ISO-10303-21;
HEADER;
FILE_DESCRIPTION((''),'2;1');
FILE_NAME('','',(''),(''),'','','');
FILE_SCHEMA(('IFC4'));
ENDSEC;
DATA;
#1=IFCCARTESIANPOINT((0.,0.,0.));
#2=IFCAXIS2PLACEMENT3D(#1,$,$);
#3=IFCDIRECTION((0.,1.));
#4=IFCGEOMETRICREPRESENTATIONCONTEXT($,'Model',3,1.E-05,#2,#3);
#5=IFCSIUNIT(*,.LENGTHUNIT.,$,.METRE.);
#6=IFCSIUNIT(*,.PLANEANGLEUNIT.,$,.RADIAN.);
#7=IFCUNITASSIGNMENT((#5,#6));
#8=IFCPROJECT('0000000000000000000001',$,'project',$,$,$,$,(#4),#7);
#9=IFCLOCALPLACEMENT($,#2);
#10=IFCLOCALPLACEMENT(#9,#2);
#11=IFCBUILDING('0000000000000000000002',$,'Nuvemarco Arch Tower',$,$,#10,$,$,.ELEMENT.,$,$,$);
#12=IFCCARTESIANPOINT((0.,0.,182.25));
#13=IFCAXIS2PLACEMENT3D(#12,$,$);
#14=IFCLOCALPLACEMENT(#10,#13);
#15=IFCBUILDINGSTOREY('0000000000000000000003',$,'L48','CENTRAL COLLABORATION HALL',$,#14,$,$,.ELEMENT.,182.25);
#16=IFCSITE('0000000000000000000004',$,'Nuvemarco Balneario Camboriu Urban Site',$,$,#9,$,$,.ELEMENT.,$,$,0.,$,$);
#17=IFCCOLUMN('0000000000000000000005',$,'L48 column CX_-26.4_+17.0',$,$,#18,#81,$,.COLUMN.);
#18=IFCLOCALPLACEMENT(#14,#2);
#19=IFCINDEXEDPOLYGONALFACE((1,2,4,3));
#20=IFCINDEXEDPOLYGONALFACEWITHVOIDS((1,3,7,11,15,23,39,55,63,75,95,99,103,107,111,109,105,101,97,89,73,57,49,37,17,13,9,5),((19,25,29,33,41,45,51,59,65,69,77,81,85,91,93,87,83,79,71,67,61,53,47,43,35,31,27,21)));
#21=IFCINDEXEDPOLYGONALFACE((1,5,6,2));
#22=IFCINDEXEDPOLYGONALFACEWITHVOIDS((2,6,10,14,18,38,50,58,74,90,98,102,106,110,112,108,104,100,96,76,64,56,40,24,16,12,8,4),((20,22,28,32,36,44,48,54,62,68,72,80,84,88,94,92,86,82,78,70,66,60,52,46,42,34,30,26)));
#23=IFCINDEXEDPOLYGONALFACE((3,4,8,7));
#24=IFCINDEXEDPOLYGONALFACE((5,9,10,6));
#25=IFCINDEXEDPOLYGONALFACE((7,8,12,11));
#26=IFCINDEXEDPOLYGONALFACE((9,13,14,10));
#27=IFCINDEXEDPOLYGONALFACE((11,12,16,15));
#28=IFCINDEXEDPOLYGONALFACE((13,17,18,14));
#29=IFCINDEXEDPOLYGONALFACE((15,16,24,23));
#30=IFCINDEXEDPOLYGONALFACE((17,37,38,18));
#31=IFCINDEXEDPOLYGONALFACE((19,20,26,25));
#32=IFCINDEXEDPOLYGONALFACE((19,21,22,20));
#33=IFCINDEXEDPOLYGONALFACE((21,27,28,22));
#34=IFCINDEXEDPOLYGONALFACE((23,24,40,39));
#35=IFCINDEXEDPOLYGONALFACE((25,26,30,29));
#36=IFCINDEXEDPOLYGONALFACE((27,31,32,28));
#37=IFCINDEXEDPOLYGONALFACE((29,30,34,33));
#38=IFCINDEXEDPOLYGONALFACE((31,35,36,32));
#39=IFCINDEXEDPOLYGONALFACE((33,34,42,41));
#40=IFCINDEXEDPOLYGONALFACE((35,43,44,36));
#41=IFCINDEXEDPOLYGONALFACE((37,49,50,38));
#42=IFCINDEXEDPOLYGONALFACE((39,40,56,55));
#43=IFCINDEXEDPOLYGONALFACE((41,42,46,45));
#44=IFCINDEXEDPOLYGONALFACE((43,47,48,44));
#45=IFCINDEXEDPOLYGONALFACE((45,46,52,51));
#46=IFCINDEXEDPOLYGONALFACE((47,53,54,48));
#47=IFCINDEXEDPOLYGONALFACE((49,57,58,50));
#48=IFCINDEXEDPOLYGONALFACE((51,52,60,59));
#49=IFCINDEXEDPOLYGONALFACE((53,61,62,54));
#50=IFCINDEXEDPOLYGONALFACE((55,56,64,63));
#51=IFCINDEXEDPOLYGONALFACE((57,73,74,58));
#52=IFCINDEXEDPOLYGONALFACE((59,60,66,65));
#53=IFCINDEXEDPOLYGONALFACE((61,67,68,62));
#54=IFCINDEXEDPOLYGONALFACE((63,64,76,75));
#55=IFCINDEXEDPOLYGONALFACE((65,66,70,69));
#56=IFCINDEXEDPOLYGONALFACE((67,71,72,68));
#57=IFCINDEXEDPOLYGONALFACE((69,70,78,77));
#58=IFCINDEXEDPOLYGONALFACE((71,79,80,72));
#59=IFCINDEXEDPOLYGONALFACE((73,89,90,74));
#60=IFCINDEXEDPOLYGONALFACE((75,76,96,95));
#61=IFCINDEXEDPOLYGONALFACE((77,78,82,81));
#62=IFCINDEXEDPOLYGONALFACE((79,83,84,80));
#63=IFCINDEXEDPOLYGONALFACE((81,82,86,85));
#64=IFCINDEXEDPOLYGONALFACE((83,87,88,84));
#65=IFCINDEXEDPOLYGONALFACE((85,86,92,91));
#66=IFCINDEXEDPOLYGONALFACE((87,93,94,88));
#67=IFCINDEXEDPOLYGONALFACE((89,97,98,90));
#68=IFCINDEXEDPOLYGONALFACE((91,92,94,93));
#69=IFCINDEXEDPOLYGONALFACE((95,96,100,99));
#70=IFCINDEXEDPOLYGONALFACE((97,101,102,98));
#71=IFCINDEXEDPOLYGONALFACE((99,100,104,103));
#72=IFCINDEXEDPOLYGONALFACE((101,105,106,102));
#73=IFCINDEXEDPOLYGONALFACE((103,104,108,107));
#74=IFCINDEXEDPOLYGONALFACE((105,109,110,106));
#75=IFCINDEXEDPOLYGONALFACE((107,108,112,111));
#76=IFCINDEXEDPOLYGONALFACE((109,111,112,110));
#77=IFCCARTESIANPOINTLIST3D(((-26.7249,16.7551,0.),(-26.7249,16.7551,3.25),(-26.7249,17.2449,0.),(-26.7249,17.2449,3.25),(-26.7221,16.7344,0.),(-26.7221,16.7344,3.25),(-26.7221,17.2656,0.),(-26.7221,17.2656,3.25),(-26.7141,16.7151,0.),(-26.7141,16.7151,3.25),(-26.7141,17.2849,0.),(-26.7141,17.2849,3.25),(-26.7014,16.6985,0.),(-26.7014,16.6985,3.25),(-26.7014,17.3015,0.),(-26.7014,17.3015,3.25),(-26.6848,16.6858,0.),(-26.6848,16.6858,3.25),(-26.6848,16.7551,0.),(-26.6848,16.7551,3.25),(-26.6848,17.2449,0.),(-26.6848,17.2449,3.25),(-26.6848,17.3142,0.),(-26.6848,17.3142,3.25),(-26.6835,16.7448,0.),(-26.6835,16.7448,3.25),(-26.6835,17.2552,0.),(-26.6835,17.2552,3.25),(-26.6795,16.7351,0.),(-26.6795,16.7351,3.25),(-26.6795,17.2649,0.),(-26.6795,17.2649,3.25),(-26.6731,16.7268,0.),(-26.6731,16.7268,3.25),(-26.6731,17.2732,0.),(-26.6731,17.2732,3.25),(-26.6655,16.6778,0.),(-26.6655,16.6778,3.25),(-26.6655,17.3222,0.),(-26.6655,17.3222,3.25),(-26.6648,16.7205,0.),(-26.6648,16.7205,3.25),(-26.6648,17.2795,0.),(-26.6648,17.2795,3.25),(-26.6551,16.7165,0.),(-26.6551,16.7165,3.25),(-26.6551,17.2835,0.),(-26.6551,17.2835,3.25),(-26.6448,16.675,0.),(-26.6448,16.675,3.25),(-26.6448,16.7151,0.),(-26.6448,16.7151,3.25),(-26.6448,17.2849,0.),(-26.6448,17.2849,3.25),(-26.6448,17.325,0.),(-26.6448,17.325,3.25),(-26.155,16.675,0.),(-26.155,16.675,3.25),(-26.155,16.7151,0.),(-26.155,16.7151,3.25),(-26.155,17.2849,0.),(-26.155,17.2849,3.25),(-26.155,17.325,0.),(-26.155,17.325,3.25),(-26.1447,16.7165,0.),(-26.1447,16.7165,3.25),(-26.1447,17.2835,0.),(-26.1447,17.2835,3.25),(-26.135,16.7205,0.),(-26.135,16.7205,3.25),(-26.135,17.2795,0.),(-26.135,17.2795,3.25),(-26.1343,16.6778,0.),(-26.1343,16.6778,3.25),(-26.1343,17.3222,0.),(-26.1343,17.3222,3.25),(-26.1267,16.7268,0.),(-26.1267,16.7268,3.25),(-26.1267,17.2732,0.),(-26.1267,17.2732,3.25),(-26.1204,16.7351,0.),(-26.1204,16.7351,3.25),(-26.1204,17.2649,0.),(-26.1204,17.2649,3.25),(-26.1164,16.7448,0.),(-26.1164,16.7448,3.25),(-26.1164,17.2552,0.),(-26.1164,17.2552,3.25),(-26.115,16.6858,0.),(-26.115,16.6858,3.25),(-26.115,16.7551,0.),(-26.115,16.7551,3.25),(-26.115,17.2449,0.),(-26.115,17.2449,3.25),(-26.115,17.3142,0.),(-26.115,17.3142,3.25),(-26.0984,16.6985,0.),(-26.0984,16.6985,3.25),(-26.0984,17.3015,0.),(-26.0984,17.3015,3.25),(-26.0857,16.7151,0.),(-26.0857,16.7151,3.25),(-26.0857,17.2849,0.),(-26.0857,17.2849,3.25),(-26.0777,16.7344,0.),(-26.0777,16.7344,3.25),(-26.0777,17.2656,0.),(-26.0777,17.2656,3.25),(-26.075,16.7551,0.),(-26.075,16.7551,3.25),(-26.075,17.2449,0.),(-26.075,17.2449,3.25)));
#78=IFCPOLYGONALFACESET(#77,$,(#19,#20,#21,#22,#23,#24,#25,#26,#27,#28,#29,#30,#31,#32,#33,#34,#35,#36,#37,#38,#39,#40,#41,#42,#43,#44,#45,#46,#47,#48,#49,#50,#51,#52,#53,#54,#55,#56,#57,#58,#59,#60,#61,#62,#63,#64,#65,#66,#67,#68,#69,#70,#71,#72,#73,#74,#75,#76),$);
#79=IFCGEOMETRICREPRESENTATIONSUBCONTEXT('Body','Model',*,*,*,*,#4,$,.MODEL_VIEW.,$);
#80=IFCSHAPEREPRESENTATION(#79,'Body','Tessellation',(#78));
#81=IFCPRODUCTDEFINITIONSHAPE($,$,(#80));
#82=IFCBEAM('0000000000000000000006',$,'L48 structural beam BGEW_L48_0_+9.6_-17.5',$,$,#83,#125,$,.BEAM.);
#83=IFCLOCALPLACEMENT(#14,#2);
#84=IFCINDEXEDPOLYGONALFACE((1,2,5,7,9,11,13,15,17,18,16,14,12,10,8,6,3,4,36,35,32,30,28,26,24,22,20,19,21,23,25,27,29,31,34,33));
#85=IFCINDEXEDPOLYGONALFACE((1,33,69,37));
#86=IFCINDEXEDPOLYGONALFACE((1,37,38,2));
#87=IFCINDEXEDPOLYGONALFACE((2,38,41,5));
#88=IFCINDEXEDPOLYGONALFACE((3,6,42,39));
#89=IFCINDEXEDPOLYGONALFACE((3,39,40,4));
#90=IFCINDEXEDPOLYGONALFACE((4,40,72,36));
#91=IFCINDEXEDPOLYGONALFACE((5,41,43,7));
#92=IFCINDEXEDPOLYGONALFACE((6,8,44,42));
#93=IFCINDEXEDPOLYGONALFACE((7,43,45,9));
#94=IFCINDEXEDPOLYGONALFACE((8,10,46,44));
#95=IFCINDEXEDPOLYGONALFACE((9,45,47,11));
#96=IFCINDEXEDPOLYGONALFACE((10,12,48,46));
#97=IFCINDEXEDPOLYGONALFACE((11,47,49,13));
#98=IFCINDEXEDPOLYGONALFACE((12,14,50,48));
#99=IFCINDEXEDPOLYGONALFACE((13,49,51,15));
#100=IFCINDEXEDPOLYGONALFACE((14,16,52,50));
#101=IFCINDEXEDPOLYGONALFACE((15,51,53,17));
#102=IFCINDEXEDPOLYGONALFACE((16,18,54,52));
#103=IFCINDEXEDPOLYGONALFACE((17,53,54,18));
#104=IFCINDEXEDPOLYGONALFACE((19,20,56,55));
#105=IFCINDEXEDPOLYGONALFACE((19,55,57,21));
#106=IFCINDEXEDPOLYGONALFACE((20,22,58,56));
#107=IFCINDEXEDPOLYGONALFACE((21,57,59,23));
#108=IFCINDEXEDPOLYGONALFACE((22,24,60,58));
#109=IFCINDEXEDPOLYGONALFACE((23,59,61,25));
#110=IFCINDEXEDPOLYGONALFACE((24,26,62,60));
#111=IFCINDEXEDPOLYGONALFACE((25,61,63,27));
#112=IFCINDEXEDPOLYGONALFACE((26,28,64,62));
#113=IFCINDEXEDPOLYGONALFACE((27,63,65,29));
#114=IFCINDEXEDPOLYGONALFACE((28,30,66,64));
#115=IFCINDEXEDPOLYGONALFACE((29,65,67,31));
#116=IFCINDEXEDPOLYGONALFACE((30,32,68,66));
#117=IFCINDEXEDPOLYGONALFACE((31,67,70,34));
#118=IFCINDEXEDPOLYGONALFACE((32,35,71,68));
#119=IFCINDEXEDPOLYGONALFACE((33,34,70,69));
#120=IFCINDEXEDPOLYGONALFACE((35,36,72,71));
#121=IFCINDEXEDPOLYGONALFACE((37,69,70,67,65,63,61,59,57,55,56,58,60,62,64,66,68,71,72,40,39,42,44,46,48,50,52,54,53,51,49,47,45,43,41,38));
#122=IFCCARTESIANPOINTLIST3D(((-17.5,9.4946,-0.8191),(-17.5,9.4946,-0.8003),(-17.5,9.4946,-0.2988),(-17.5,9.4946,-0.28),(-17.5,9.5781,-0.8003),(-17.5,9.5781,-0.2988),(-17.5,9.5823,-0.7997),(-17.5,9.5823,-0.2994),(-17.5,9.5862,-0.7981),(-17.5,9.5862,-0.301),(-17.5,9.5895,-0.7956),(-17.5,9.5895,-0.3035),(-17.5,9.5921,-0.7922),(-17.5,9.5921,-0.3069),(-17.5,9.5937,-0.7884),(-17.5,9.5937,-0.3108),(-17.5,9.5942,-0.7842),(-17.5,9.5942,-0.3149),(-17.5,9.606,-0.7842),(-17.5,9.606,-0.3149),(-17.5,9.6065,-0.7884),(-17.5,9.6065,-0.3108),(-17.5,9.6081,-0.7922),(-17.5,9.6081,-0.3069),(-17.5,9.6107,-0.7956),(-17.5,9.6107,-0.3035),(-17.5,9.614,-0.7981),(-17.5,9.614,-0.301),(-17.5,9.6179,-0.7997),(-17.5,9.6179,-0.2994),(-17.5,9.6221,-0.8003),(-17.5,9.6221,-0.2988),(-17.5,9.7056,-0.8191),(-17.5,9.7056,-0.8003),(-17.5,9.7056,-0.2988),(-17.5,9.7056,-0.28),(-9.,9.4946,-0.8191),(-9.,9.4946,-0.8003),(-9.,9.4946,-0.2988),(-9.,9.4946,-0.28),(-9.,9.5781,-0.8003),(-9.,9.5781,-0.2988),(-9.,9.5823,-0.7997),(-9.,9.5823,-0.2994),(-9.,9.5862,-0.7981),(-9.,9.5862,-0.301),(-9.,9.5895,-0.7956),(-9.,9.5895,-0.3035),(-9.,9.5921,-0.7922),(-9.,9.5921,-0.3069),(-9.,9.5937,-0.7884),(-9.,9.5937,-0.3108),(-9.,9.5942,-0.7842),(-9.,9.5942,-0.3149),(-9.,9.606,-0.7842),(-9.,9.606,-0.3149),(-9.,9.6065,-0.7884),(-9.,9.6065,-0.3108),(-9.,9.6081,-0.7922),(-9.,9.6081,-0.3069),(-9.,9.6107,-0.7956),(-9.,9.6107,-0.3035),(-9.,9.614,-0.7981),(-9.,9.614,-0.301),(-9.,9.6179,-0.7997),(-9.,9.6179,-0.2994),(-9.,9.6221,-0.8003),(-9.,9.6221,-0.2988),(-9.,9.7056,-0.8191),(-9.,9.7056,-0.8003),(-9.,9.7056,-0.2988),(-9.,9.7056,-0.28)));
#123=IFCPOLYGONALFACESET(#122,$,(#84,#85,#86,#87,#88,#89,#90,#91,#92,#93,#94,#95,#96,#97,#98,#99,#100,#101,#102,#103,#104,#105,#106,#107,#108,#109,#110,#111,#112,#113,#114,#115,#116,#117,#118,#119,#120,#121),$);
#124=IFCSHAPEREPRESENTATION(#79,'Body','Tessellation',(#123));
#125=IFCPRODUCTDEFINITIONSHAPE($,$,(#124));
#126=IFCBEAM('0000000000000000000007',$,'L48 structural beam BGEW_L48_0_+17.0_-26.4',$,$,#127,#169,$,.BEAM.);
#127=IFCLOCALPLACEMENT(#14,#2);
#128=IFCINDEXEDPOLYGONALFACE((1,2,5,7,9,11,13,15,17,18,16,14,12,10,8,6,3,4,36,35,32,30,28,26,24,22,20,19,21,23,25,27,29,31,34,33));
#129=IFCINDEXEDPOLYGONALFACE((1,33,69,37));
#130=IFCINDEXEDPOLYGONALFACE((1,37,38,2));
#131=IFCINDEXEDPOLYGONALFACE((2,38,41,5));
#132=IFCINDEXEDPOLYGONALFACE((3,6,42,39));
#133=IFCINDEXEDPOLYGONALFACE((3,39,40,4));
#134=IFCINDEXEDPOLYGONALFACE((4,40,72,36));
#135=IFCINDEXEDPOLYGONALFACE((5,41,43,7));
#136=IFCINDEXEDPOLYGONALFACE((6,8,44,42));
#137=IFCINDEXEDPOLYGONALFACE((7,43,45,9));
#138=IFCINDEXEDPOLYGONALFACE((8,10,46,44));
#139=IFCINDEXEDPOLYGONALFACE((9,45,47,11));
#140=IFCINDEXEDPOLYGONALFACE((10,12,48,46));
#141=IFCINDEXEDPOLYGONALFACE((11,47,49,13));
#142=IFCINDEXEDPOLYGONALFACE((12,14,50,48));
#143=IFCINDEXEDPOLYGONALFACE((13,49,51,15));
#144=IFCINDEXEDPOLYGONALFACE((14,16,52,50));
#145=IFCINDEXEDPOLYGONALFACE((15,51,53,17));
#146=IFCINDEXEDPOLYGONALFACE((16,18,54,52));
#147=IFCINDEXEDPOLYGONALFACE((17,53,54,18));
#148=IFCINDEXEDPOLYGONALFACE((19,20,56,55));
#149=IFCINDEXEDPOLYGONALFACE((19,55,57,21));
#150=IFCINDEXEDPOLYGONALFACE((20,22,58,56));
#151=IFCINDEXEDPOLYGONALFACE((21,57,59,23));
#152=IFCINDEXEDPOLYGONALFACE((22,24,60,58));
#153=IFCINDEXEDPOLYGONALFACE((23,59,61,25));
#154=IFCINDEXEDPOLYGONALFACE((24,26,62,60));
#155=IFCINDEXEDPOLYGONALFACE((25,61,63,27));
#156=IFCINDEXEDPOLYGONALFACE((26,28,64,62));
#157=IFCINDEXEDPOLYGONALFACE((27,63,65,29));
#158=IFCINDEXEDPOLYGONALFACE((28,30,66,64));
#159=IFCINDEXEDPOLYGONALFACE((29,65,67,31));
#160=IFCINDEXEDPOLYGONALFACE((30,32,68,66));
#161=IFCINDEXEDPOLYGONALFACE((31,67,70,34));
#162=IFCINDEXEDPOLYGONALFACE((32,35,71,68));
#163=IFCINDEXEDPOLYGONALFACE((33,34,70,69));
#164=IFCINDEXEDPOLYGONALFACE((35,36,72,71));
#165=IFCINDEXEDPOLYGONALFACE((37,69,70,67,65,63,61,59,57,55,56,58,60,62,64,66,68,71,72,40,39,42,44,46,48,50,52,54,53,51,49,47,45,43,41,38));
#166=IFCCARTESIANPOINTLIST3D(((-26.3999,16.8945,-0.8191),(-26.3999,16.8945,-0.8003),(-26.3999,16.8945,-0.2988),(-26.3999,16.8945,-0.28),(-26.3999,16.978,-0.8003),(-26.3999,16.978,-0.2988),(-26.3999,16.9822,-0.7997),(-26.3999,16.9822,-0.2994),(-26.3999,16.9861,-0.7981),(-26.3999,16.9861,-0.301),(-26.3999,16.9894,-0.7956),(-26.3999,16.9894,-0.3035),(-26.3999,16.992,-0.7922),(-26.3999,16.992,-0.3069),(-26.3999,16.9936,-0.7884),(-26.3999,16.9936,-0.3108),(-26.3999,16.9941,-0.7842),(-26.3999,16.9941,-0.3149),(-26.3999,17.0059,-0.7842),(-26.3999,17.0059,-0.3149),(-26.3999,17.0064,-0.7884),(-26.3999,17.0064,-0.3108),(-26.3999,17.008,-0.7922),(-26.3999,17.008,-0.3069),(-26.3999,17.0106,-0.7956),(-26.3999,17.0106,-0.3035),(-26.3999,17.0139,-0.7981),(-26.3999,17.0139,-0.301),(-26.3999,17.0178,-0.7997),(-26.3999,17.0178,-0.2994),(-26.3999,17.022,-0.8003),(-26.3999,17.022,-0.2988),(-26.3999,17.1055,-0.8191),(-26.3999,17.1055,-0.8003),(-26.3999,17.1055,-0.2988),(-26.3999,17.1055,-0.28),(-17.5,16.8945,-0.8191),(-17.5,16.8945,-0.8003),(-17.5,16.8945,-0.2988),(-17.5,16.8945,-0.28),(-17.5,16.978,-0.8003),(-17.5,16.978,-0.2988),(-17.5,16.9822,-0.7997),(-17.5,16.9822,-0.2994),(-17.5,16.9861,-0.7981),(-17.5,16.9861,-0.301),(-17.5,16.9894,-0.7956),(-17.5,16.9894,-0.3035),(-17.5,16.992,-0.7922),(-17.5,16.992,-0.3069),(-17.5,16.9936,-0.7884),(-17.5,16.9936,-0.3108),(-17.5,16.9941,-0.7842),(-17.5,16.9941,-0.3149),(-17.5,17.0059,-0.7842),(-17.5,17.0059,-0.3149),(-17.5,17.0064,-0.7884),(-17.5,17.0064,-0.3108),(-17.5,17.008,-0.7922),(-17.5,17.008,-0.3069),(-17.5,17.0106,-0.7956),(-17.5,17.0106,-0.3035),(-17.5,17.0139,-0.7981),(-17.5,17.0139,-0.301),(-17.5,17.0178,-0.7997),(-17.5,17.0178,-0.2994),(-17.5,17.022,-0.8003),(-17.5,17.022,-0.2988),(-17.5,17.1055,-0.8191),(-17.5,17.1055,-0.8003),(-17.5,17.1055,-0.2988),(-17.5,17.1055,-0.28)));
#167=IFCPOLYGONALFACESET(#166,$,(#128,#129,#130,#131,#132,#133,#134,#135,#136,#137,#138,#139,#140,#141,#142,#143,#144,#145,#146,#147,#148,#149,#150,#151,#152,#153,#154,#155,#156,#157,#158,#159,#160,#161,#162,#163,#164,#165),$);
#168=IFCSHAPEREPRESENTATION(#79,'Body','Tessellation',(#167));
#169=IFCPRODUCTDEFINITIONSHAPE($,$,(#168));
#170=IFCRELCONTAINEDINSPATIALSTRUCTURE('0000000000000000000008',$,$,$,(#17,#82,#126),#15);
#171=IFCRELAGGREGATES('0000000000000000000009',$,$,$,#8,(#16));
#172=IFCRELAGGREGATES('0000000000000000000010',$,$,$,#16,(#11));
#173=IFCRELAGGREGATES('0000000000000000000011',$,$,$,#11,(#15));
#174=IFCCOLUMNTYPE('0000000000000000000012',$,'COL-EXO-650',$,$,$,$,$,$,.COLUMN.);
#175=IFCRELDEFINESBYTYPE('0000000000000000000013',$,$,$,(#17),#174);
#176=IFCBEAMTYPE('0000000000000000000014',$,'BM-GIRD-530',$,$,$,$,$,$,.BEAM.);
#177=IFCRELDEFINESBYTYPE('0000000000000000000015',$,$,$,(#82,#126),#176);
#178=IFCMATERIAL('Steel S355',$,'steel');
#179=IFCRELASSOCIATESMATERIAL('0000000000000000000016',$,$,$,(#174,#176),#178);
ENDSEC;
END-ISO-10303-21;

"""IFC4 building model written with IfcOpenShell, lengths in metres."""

from ifc_helpers import new_model, si_unit, direction, frame, origin, origin_2d, place, context, subcontext, project, spatial, hollow_rectangle, i_section, extrude, material, material_profile, profile_set, type_object, element, save


model = new_model("IFC4")

# Units and contexts
model_context = context("Model", 3, precision=1e-05, world=origin(), true_north=direction((0.0, 1.0)))
body_context = subcontext(model_context, "Body", "Model", "MODEL_VIEW")
ifc_project = project(units=[si_unit("LENGTHUNIT", "METRE"), si_unit("PLANEANGLEUNIT", "RADIAN")], contexts=[model_context])

# Site, building, storey
site_placement = place(None, origin())
site = spatial("IfcSite", under=ifc_project, at=site_placement, Name="Nuvemarco Balneario Camboriu Urban Site", CompositionType="ELEMENT", RefElevation=0.0)
building_placement = place(site_placement, origin())
building = spatial("IfcBuilding", under=site, at=building_placement, Name="Nuvemarco Arch Tower", CompositionType="ELEMENT")
storey_placement = place(building_placement, frame((0.0, 0.0, 182.25)))
storey = spatial("IfcBuildingStorey", under=building, at=storey_placement, Name="L48", Description="CENTRAL COLLABORATION HALL", CompositionType="ELEMENT", Elevation=182.25)

# Column
ifc_material_1 = material(Name="Steel S355", Category="steel")
ifc_material_profile_1 = material_profile(ifc_material_1, hollow_rectangle(XDim=0.6499, YDim=0.6499, WallThickness=0.04, InnerFilletRadius=0.04, OuterFilletRadius=0.0801, at=origin_2d()), Name="SHS650x650x40")
ifc_profile_set_1 = profile_set([ifc_material_profile_1], Name="Steel S355")
column_type = type_object("IfcColumnType", Name="COL-EXO-650", PredefinedType="COLUMN", material=ifc_profile_set_1)
column_placement = place(storey_placement, frame((-26.3999, 17.0, 0.0), z_axis=(0.0, 0.0, 1.0), x_axis=(1.0, 0.0, 0.0)))
element("IfcColumn", 1, at=column_placement, inside=storey, type_object=column_type, Name="L48 column CX_-26.4_+17.0", PredefinedType="COLUMN", context=body_context, shape_type="SweptSolid", body=[
    extrude(hollow_rectangle(XDim=0.6499, YDim=0.6499, WallThickness=0.04, InnerFilletRadius=0.04, OuterFilletRadius=0.0801, at=origin_2d()), origin(), (0.0, 0.0, 1.0), 3.25),
])

# Beams
ifc_material_profile_2 = material_profile(ifc_material_1, i_section(OverallWidth=0.2109, OverallDepth=0.5391, WebThickness=0.0117, FlangeThickness=0.0188, FilletRadius=0.0161, at=origin_2d()), Name="W530x109")
ifc_profile_set_2 = profile_set([ifc_material_profile_2], Name="Steel S355")
beam_type_1 = type_object("IfcBeamType", Name="BM-GIRD-530", PredefinedType="BEAM", material=ifc_profile_set_2)
beam_1_placement = place(storey_placement, frame((-17.5, 9.6001, -0.5496), z_axis=(1.0, 0.0, 0.0), x_axis=(0.0, 1.0, 0.0)))
element("IfcBeam", 2, at=beam_1_placement, inside=storey, type_object=beam_type_1, Name="L48 structural beam BGEW_L48_0_+9.6_-17.5", PredefinedType="BEAM", context=body_context, shape_type="SweptSolid", body=[
    extrude(i_section(OverallWidth=0.2109, OverallDepth=0.5391, WebThickness=0.0117, FlangeThickness=0.0188, FilletRadius=0.0161, at=origin_2d()), origin(), (0.0, 0.0, 1.0), 8.5),
])
beam_2_placement = place(storey_placement, frame((-26.3999, 17.0, -0.5496), z_axis=(1.0, 0.0, 0.0), x_axis=(0.0, 1.0, 0.0)))
element("IfcBeam", 3, at=beam_2_placement, inside=storey, type_object=beam_type_1, Name="L48 structural beam BGEW_L48_0_+17.0_-26.4", PredefinedType="BEAM", context=body_context, shape_type="SweptSolid", body=[
    extrude(i_section(OverallWidth=0.2109, OverallDepth=0.5391, WebThickness=0.0117, FlangeThickness=0.0188, FilletRadius=0.0161, at=origin_2d()), origin(), (0.0, 0.0, 1.0), 8.8999),
])

save(model, "model.ifc")
